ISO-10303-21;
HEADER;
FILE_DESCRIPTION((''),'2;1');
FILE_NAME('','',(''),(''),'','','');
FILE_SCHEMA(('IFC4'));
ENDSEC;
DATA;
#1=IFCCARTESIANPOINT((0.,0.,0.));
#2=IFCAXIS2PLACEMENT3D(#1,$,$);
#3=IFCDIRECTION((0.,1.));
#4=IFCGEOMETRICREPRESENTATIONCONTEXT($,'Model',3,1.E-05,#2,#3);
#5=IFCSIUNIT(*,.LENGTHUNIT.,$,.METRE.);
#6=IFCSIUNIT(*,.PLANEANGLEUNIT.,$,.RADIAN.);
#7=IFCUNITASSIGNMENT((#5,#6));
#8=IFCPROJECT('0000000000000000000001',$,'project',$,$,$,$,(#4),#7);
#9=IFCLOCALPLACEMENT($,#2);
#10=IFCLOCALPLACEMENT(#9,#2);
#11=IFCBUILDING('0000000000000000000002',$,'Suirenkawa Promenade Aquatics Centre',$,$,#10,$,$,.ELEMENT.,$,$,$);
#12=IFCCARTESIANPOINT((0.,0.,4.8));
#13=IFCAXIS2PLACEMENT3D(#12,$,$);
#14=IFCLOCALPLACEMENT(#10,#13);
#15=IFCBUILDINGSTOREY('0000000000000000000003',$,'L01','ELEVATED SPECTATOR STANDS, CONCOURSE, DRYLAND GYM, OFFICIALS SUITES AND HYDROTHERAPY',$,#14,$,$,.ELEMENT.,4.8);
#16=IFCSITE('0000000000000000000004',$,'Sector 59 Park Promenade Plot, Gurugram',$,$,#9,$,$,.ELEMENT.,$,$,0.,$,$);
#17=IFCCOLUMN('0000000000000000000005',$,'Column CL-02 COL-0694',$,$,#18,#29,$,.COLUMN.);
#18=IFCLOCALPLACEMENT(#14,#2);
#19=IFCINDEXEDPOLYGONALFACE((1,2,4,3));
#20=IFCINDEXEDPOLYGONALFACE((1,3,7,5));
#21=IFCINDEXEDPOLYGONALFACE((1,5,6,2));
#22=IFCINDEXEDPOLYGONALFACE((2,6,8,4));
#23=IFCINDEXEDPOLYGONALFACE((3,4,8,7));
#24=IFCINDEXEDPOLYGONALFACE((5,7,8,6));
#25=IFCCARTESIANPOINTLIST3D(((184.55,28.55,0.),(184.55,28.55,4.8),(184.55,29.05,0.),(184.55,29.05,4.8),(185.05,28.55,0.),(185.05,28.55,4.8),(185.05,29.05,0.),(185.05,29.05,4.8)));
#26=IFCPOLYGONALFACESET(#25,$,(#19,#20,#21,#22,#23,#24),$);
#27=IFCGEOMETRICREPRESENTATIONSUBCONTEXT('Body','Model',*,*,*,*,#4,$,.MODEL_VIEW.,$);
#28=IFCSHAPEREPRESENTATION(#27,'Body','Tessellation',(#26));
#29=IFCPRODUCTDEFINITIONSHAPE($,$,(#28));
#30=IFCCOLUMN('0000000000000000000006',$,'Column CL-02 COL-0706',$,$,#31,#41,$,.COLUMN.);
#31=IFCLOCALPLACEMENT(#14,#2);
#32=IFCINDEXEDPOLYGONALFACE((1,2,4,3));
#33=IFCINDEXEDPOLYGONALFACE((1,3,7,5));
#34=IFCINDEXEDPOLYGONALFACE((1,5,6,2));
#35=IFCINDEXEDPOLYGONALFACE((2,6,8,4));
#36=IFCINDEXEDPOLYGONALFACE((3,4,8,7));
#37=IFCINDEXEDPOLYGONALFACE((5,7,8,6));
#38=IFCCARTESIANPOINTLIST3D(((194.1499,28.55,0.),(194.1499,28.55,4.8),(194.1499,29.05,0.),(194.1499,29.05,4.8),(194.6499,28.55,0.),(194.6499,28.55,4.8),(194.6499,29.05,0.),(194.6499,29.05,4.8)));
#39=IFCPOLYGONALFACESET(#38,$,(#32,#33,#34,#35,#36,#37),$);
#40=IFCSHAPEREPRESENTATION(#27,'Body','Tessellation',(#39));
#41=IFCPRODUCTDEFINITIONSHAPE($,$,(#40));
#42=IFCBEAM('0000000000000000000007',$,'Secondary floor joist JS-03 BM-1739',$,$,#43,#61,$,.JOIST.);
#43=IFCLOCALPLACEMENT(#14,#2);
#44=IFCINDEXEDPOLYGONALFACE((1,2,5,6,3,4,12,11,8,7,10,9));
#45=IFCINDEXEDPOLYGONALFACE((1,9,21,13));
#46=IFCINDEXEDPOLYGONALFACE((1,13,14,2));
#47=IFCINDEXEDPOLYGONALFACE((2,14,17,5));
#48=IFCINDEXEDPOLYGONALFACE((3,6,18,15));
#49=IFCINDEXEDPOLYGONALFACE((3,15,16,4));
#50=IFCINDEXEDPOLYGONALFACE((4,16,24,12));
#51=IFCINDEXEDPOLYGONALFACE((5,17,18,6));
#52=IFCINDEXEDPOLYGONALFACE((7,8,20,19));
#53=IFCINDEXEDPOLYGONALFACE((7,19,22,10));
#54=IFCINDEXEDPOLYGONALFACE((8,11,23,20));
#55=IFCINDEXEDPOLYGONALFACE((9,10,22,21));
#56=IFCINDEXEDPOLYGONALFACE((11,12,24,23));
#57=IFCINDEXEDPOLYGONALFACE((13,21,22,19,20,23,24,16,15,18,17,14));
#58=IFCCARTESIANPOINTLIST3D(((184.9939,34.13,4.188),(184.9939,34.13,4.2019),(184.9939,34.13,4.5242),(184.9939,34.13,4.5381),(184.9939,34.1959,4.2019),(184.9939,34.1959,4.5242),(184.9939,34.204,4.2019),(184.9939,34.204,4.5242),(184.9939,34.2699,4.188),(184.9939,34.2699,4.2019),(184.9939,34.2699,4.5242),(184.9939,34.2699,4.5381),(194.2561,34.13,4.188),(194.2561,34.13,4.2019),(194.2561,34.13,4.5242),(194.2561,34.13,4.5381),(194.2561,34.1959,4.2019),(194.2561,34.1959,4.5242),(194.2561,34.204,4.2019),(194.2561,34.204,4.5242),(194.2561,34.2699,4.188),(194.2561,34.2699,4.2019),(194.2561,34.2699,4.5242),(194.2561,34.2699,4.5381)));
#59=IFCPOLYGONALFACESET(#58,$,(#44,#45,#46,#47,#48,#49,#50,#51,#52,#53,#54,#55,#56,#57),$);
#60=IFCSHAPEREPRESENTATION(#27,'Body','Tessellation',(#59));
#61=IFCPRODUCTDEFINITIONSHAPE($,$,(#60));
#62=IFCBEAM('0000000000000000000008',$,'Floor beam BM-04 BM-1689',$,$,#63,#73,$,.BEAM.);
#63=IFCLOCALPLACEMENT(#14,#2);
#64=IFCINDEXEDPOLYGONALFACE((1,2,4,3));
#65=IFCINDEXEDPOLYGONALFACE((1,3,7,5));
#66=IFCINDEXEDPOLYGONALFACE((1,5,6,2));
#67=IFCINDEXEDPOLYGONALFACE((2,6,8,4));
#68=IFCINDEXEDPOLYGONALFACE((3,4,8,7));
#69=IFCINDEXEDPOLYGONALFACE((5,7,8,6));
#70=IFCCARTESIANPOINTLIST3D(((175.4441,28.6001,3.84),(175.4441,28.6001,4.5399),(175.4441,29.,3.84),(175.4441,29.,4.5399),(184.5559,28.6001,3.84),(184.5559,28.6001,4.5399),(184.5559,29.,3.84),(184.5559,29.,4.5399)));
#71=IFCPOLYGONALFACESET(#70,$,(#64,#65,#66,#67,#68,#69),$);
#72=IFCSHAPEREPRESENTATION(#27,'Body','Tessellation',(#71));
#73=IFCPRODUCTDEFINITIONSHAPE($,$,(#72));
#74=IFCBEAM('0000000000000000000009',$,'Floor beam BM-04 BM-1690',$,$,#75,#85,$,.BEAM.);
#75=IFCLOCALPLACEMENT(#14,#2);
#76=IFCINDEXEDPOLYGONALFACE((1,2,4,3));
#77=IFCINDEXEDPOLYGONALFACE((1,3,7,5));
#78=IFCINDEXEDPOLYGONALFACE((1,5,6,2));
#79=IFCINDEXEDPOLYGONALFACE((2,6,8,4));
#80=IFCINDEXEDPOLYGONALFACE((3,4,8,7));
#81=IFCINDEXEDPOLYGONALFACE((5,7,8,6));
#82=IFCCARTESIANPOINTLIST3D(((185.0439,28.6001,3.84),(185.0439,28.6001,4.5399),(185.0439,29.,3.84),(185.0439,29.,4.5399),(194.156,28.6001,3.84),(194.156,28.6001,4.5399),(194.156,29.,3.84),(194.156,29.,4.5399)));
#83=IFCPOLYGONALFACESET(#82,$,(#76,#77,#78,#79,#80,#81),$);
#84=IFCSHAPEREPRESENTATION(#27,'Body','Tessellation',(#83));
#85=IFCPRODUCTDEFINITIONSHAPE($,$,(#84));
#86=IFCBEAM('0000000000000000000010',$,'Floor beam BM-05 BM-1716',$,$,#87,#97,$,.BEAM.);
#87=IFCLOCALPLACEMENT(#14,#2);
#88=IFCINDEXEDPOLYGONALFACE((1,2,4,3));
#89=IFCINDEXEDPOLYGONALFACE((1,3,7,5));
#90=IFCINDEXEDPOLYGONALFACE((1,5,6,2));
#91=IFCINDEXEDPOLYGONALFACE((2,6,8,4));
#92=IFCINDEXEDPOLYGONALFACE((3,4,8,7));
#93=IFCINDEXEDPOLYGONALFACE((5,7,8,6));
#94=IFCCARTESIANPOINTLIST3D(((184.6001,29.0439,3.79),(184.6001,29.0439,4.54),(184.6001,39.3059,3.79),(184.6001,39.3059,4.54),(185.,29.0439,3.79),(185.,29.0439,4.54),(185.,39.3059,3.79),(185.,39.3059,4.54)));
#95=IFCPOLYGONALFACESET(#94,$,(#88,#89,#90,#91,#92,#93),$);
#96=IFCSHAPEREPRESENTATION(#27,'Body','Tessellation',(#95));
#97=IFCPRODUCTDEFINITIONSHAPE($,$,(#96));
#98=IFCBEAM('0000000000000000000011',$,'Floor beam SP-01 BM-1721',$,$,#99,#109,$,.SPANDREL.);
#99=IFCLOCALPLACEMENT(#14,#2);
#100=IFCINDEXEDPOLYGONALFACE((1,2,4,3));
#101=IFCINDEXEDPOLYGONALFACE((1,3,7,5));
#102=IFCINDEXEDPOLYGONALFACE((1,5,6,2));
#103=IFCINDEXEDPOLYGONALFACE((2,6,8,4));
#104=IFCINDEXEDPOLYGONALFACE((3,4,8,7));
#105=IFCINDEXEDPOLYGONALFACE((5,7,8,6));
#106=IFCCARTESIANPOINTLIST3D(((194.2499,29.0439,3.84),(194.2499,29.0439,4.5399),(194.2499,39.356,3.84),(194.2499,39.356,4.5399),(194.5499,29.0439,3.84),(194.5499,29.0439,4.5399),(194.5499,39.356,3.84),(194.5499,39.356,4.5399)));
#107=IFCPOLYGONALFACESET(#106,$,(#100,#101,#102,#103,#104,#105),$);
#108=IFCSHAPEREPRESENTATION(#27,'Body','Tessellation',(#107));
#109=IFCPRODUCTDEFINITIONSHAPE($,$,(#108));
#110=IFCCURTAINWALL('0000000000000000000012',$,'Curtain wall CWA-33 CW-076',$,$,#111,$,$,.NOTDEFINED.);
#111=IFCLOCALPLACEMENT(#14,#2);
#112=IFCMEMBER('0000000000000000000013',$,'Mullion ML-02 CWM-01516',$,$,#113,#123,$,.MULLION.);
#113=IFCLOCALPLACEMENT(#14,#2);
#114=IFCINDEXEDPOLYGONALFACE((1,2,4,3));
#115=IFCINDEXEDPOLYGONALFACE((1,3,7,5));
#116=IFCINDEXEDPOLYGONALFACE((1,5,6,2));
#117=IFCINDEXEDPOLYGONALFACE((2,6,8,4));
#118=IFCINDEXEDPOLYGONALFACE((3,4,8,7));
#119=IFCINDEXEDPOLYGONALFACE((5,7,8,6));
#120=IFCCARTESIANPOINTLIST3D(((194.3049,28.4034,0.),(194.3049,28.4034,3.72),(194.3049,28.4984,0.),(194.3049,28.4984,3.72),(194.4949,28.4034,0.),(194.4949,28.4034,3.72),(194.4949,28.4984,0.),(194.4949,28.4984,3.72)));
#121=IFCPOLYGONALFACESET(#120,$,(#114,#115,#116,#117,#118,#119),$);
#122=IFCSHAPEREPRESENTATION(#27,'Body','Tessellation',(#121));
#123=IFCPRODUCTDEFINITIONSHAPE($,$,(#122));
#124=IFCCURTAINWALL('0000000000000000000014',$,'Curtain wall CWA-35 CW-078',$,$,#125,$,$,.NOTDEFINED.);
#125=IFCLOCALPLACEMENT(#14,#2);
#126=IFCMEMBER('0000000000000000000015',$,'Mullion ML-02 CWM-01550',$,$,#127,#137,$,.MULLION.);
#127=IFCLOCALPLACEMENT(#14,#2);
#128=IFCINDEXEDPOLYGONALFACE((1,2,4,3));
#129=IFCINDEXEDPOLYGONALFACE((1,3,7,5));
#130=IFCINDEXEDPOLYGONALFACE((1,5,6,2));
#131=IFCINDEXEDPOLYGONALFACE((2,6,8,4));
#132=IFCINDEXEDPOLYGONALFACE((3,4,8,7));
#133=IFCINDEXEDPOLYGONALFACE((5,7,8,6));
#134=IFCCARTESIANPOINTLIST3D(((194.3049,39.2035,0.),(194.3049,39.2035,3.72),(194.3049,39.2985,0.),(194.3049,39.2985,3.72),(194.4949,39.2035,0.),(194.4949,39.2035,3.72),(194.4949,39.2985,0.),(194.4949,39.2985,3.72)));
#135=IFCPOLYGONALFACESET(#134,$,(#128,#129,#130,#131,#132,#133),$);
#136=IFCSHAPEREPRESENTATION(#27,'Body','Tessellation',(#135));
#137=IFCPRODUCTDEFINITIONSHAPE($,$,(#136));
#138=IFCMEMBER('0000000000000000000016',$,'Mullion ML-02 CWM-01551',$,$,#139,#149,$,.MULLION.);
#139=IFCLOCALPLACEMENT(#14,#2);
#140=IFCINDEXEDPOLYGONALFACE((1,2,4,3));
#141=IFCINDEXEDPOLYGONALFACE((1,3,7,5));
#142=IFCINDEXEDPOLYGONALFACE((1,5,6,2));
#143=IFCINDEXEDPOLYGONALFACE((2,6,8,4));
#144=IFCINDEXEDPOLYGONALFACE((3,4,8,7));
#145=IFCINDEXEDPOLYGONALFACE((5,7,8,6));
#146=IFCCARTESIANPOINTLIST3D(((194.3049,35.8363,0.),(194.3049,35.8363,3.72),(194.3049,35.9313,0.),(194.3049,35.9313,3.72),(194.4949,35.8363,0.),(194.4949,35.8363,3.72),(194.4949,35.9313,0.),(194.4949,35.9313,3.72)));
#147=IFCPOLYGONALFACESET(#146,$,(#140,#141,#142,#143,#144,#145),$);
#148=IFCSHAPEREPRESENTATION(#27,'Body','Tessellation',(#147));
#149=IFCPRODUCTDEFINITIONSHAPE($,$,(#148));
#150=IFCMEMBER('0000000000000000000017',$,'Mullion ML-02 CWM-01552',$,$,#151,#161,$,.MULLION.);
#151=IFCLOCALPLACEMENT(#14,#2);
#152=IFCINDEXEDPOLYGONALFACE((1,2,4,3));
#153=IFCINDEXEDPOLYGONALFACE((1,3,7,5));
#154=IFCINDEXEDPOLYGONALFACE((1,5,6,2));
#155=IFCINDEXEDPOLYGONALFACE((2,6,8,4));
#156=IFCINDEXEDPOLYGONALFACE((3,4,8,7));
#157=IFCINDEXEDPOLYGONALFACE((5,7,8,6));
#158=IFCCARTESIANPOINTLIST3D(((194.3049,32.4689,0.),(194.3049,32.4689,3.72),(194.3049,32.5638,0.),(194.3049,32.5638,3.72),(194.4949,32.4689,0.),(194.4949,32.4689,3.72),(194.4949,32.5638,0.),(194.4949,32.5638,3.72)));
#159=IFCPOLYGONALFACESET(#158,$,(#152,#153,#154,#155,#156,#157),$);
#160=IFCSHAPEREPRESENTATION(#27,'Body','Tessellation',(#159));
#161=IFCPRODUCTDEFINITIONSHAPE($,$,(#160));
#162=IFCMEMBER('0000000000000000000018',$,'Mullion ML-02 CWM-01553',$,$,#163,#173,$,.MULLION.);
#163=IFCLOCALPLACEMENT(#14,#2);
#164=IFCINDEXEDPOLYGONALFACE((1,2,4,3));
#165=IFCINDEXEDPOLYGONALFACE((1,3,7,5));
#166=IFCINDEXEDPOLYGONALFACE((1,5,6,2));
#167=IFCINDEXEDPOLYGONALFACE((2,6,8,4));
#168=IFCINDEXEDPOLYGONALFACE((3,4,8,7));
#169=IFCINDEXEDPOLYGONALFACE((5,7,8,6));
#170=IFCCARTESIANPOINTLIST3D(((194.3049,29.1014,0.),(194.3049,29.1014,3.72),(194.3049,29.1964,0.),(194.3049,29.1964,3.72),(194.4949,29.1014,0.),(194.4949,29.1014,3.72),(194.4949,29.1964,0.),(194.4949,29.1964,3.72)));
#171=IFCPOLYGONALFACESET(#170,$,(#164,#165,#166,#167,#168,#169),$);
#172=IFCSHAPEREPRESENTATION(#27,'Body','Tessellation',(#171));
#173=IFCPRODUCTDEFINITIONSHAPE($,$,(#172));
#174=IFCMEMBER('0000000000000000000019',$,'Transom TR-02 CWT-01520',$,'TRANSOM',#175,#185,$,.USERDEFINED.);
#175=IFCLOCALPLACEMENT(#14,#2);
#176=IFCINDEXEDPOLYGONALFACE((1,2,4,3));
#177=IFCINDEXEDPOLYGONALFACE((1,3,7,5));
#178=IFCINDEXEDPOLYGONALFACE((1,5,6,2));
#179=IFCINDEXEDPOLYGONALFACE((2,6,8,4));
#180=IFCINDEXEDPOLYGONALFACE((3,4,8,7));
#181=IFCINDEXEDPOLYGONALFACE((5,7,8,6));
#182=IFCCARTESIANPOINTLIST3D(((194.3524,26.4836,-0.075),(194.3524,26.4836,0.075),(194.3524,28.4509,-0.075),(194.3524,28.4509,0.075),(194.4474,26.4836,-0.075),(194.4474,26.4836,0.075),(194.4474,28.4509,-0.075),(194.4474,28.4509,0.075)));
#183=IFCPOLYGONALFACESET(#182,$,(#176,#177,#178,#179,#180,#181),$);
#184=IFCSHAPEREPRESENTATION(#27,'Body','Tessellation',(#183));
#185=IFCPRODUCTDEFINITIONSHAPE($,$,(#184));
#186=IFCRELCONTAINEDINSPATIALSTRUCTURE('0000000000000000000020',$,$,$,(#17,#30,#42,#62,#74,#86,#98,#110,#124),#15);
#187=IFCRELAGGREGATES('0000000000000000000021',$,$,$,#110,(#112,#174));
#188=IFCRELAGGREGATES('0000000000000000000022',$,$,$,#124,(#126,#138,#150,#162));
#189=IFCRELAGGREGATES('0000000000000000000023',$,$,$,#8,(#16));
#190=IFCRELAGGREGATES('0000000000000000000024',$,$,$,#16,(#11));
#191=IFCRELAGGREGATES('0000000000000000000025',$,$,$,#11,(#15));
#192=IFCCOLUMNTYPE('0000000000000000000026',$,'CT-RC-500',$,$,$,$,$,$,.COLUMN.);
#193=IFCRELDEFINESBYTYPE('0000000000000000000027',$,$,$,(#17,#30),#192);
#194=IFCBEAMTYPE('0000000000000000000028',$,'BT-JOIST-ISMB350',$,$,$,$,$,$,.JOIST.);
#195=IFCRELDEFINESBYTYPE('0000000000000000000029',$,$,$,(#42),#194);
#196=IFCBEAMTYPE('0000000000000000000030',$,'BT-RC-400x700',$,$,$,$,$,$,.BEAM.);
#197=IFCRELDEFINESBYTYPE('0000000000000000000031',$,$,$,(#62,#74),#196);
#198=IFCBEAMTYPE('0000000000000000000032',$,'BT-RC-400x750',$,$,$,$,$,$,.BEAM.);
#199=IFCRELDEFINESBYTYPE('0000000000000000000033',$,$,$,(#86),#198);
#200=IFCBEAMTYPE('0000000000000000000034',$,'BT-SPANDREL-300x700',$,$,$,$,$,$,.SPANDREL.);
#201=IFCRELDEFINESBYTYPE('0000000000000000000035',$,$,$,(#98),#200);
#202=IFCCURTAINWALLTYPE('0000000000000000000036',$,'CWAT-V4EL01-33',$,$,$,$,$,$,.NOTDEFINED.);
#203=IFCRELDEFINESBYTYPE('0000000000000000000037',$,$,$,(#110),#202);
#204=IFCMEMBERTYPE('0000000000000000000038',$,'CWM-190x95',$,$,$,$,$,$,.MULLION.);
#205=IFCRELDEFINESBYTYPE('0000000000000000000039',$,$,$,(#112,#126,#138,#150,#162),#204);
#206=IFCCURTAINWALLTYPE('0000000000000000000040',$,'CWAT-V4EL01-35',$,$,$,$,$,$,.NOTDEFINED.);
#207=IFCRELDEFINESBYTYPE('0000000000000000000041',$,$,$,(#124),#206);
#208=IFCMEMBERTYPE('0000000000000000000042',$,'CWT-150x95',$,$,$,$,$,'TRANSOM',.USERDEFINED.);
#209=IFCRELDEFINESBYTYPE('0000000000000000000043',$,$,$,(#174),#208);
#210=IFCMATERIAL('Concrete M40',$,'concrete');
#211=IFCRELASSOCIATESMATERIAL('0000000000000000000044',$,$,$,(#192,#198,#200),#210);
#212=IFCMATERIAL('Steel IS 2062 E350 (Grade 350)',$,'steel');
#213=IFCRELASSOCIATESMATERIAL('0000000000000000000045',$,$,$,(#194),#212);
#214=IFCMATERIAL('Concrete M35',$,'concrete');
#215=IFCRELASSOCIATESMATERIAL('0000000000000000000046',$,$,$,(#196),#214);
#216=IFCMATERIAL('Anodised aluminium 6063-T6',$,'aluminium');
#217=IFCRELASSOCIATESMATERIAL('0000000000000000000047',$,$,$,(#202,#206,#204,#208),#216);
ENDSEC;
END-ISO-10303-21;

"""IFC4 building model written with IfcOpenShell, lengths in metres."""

from ifc_helpers import new_model, si_unit, direction, frame, origin, origin_2d, place, context, subcontext, project, spatial, rectangle, i_section, extrude, material, material_profile, profile_set, type_object, element, aggregate, save


model = new_model("IFC4")

# Units and contexts
model_context = context("Model", 3, precision=1e-05, world=origin(), true_north=direction((0.0, 1.0)))
body_context = subcontext(model_context, "Body", "Model", "MODEL_VIEW")
ifc_project = project(units=[si_unit("LENGTHUNIT", "METRE"), si_unit("PLANEANGLEUNIT", "RADIAN")], contexts=[model_context])

# Site, building, storey
site_placement = place(None, origin())
site = spatial("IfcSite", under=ifc_project, at=site_placement, Name="Sector 59 Park Promenade Plot, Gurugram", CompositionType="ELEMENT", RefElevation=0.0)
building_placement = place(site_placement, origin())
building = spatial("IfcBuilding", under=site, at=building_placement, Name="Suirenkawa Promenade Aquatics Centre", CompositionType="ELEMENT")
storey_placement = place(building_placement, frame((0.0, 0.0, 4.8)))
storey = spatial("IfcBuildingStorey", under=building, at=storey_placement, Name="L01", Description="ELEVATED SPECTATOR STANDS, CONCOURSE, DRYLAND GYM, OFFICIALS SUITES AND HYDROTHERAPY", CompositionType="ELEMENT", Elevation=4.8)

# Columns
ifc_material_1 = material(Name="Concrete M40", Category="concrete")
ifc_material_profile_1 = material_profile(ifc_material_1, rectangle(XDim=0.5, YDim=0.5, at=origin_2d()), Name="RC COL 500x500", Category="concrete")
ifc_profile_set_1 = profile_set([ifc_material_profile_1], Name="Concrete M40")
column_type = type_object("IfcColumnType", Name="CT-RC-500", PredefinedType="COLUMN", material=ifc_profile_set_1)
for number, where, z_axis, x_axis, name in (
    (1, (184.8, 28.8, 0.0), (0.0, 0.0, 1.0), (1.0, 0.0, 0.0), "Column CL-02 COL-0694"),
    (2, (194.3999, 28.8, 0.0), (0.0, 0.0, 1.0), (1.0, 0.0, 0.0), "Column CL-02 COL-0706"),
):
    element("IfcColumn", number, at=place(storey_placement, frame(where, z_axis=z_axis, x_axis=x_axis)), inside=storey, type_object=column_type, Name=name, PredefinedType="COLUMN", context=body_context, shape_type="SweptSolid", body=[
        extrude(rectangle(XDim=0.5, YDim=0.5, at=origin_2d()), origin(), (0.0, 0.0, 1.0), 4.8),
    ])

# Beams
ifc_material_2 = material(Name="Steel IS 2062 E350 (Grade 350)", Category="steel")
ifc_material_profile_2 = material_profile(ifc_material_2, i_section(OverallWidth=0.1399, OverallDepth=0.3501, WebThickness=0.0081, FlangeThickness=0.0139, at=origin_2d()), Name="ISMB 350", Category="steel")
ifc_profile_set_2 = profile_set([ifc_material_profile_2], Name="Steel IS 2062 E350 (Grade 350)")
beam_type_1 = type_object("IfcBeamType", Name="BT-JOIST-ISMB350", PredefinedType="JOIST", material=ifc_profile_set_2)
beam_1_placement = place(storey_placement, frame((184.9939, 34.2, 4.363), z_axis=(1.0, 0.0, 0.0), x_axis=(0.0, 1.0, 0.0)))
element("IfcBeam", 3, at=beam_1_placement, inside=storey, type_object=beam_type_1, Name="Secondary floor joist JS-03 BM-1739", PredefinedType="JOIST", context=body_context, shape_type="SweptSolid", body=[
    extrude(i_section(OverallWidth=0.1399, OverallDepth=0.3501, WebThickness=0.0081, FlangeThickness=0.0139, at=origin_2d()), origin(), (0.0, 0.0, 1.0), 9.2622),
])
ifc_material_3 = material(Name="Concrete M35", Category="concrete")
ifc_material_profile_3 = material_profile(ifc_material_3, rectangle(XDim=0.3999, YDim=0.7, at=origin_2d()), Name="RC BM 400x700", Category="concrete")
ifc_profile_set_3 = profile_set([ifc_material_profile_3], Name="Concrete M35")
beam_type_2 = type_object("IfcBeamType", Name="BT-RC-400x700", PredefinedType="BEAM", material=ifc_profile_set_3)
beam_2_placement = place(storey_placement, frame((175.4441, 28.8, 4.1899), z_axis=(1.0, 0.0, 0.0), x_axis=(0.0, 1.0, 0.0)))
element("IfcBeam", 4, at=beam_2_placement, inside=storey, type_object=beam_type_2, Name="Floor beam BM-04 BM-1689", PredefinedType="BEAM", context=body_context, shape_type="SweptSolid", body=[
    extrude(rectangle(XDim=0.3999, YDim=0.7, at=origin_2d()), origin(), (0.0, 0.0, 1.0), 9.1118),
])
beam_3_placement = place(storey_placement, frame((185.0439, 28.8, 4.1899), z_axis=(1.0, 0.0, 0.0), x_axis=(0.0, 1.0, 0.0)))
element("IfcBeam", 5, at=beam_3_placement, inside=storey, type_object=beam_type_2, Name="Floor beam BM-04 BM-1690", PredefinedType="BEAM", context=body_context, shape_type="SweptSolid", body=[
    extrude(rectangle(XDim=0.3999, YDim=0.7, at=origin_2d()), origin(), (0.0, 0.0, 1.0), 9.1121),
])
ifc_material_profile_4 = material_profile(ifc_material_1, rectangle(XDim=0.3999, YDim=0.75, at=origin_2d()), Name="RC BM 400x750", Category="concrete")
ifc_profile_set_4 = profile_set([ifc_material_profile_4], Name="Concrete M40")
beam_type_3 = type_object("IfcBeamType", Name="BT-RC-400x750", PredefinedType="BEAM", material=ifc_profile_set_4)
beam_4_placement = place(storey_placement, frame((184.8, 29.0439, 4.165), z_axis=(0.0, 1.0, 0.0), x_axis=(-1.0, 0.0, 0.0)))
element("IfcBeam", 6, at=beam_4_placement, inside=storey, type_object=beam_type_3, Name="Floor beam BM-05 BM-1716", PredefinedType="BEAM", context=body_context, shape_type="SweptSolid", body=[
    extrude(rectangle(XDim=0.3999, YDim=0.75, at=origin_2d()), origin(), (0.0, 0.0, 1.0), 10.262),
])
ifc_material_profile_5 = material_profile(ifc_material_1, rectangle(XDim=0.3, YDim=0.7, at=origin_2d()), Name="RC SPANDREL 300x700", Category="concrete")
ifc_profile_set_5 = profile_set([ifc_material_profile_5], Name="Concrete M40")
beam_type_4 = type_object("IfcBeamType", Name="BT-SPANDREL-300x700", PredefinedType="SPANDREL", material=ifc_profile_set_5)
beam_5_placement = place(storey_placement, frame((194.3999, 29.0439, 4.1899), z_axis=(0.0, 1.0, 0.0), x_axis=(-1.0, 0.0, 0.0)))
element("IfcBeam", 7, at=beam_5_placement, inside=storey, type_object=beam_type_4, Name="Floor beam SP-01 BM-1721", PredefinedType="SPANDREL", context=body_context, shape_type="SweptSolid", body=[
    extrude(rectangle(XDim=0.3, YDim=0.7, at=origin_2d()), origin(), (0.0, 0.0, 1.0), 10.312),
])

# Curtain wall, member
ifc_material_4 = material(Name="Anodised aluminium 6063-T6", Category="aluminium")
curtain_wall_type_1 = type_object("IfcCurtainWallType", Name="CWAT-V4EL01-33", PredefinedType="NOTDEFINED", material=ifc_material_4)
curtain_wall_1_placement = place(storey_placement, origin())
curtain_wall_1 = element("IfcCurtainWall", 8, at=curtain_wall_1_placement, inside=storey, type_object=curtain_wall_type_1, Name="Curtain wall CWA-33 CW-076", PredefinedType="NOTDEFINED")
ifc_material_profile_6 = material_profile(ifc_material_4, rectangle(XDim=0.095, YDim=0.1899, at=origin_2d()), Name="ALU MULL 95x190", Category="aluminium")
ifc_profile_set_6 = profile_set([ifc_material_profile_6], Name="Anodised aluminium 6063-T6")
member_type_1 = type_object("IfcMemberType", Name="CWM-190x95", PredefinedType="MULLION", material=ifc_profile_set_6)
member_1_placement = place(storey_placement, frame((194.3999, 28.4509, 0.0), z_axis=(0.0, 0.0, 1.0), x_axis=(0.0, -1.0, 0.0)))
member_1 = element("IfcMember", 9, at=member_1_placement, type_object=member_type_1, Name="Mullion ML-02 CWM-01516", PredefinedType="MULLION", context=body_context, shape_type="SweptSolid", body=[
    extrude(rectangle(XDim=0.095, YDim=0.1899, at=origin_2d()), origin(), (0.0, 0.0, 1.0), 3.72),
])

# Curtain wall, members
curtain_wall_type_2 = type_object("IfcCurtainWallType", Name="CWAT-V4EL01-35", PredefinedType="NOTDEFINED", material=ifc_material_4)
curtain_wall_2_placement = place(storey_placement, origin())
curtain_wall_2 = element("IfcCurtainWall", 10, at=curtain_wall_2_placement, inside=storey, type_object=curtain_wall_type_2, Name="Curtain wall CWA-35 CW-078", PredefinedType="NOTDEFINED")
member_2_placement = place(storey_placement, frame((194.3999, 39.251, 0.0), z_axis=(0.0, 0.0, 1.0), x_axis=(0.0, -1.0, 0.0)))
member_2 = element("IfcMember", 11, at=member_2_placement, type_object=member_type_1, Name="Mullion ML-02 CWM-01550", PredefinedType="MULLION", context=body_context, shape_type="SweptSolid", body=[
    extrude(rectangle(XDim=0.095, YDim=0.1899, at=origin_2d()), origin(), (0.0, 0.0, 1.0), 3.72),
])
member_3_placement = place(storey_placement, frame((194.3999, 35.8838, 0.0), z_axis=(0.0, 0.0, 1.0), x_axis=(0.0, -1.0, 0.0)))
member_3 = element("IfcMember", 12, at=member_3_placement, type_object=member_type_1, Name="Mullion ML-02 CWM-01551", PredefinedType="MULLION", context=body_context, shape_type="SweptSolid", body=[
    extrude(rectangle(XDim=0.095, YDim=0.1899, at=origin_2d()), origin(), (0.0, 0.0, 1.0), 3.72),
])
member_4_placement = place(storey_placement, frame((194.3999, 32.5164, 0.0), z_axis=(0.0, 0.0, 1.0), x_axis=(0.0, -1.0, 0.0)))
member_4 = element("IfcMember", 13, at=member_4_placement, type_object=member_type_1, Name="Mullion ML-02 CWM-01552", PredefinedType="MULLION", context=body_context, shape_type="SweptSolid", body=[
    extrude(rectangle(XDim=0.095, YDim=0.1899, at=origin_2d()), origin(), (0.0, 0.0, 1.0), 3.72),
])
member_5_placement = place(storey_placement, frame((194.3999, 29.1489, 0.0), z_axis=(0.0, 0.0, 1.0), x_axis=(0.0, -1.0, 0.0)))
member_5 = element("IfcMember", 14, at=member_5_placement, type_object=member_type_1, Name="Mullion ML-02 CWM-01553", PredefinedType="MULLION", context=body_context, shape_type="SweptSolid", body=[
    extrude(rectangle(XDim=0.095, YDim=0.1899, at=origin_2d()), origin(), (0.0, 0.0, 1.0), 3.72),
])

# Member
ifc_material_profile_7 = material_profile(ifc_material_4, rectangle(XDim=0.095, YDim=0.1499, at=origin_2d()), Name="ALU TRAN 95x150", Category="aluminium")
ifc_profile_set_7 = profile_set([ifc_material_profile_7], Name="Anodised aluminium 6063-T6")
member_type_2 = type_object("IfcMemberType", Name="CWT-150x95", ElementType="TRANSOM", PredefinedType="USERDEFINED", material=ifc_profile_set_7)
member_6_placement = place(storey_placement, frame((194.3999, 28.4509, 0.0), z_axis=(0.0, -1.0, 0.0), x_axis=(1.0, 0.0, 0.0)))
member_6 = element("IfcMember", 15, at=member_6_placement, type_object=member_type_2, Name="Transom TR-02 CWT-01520", ObjectType="TRANSOM", PredefinedType="USERDEFINED", context=body_context, shape_type="SweptSolid", body=[
    extrude(rectangle(XDim=0.095, YDim=0.1499, at=origin_2d()), origin(), (0.0, 0.0, 1.0), 1.9673),
])

aggregate(curtain_wall_1, [member_1, member_6])
aggregate(curtain_wall_2, [member_2, member_3, member_4, member_5])

save(model, "model.ifc")
